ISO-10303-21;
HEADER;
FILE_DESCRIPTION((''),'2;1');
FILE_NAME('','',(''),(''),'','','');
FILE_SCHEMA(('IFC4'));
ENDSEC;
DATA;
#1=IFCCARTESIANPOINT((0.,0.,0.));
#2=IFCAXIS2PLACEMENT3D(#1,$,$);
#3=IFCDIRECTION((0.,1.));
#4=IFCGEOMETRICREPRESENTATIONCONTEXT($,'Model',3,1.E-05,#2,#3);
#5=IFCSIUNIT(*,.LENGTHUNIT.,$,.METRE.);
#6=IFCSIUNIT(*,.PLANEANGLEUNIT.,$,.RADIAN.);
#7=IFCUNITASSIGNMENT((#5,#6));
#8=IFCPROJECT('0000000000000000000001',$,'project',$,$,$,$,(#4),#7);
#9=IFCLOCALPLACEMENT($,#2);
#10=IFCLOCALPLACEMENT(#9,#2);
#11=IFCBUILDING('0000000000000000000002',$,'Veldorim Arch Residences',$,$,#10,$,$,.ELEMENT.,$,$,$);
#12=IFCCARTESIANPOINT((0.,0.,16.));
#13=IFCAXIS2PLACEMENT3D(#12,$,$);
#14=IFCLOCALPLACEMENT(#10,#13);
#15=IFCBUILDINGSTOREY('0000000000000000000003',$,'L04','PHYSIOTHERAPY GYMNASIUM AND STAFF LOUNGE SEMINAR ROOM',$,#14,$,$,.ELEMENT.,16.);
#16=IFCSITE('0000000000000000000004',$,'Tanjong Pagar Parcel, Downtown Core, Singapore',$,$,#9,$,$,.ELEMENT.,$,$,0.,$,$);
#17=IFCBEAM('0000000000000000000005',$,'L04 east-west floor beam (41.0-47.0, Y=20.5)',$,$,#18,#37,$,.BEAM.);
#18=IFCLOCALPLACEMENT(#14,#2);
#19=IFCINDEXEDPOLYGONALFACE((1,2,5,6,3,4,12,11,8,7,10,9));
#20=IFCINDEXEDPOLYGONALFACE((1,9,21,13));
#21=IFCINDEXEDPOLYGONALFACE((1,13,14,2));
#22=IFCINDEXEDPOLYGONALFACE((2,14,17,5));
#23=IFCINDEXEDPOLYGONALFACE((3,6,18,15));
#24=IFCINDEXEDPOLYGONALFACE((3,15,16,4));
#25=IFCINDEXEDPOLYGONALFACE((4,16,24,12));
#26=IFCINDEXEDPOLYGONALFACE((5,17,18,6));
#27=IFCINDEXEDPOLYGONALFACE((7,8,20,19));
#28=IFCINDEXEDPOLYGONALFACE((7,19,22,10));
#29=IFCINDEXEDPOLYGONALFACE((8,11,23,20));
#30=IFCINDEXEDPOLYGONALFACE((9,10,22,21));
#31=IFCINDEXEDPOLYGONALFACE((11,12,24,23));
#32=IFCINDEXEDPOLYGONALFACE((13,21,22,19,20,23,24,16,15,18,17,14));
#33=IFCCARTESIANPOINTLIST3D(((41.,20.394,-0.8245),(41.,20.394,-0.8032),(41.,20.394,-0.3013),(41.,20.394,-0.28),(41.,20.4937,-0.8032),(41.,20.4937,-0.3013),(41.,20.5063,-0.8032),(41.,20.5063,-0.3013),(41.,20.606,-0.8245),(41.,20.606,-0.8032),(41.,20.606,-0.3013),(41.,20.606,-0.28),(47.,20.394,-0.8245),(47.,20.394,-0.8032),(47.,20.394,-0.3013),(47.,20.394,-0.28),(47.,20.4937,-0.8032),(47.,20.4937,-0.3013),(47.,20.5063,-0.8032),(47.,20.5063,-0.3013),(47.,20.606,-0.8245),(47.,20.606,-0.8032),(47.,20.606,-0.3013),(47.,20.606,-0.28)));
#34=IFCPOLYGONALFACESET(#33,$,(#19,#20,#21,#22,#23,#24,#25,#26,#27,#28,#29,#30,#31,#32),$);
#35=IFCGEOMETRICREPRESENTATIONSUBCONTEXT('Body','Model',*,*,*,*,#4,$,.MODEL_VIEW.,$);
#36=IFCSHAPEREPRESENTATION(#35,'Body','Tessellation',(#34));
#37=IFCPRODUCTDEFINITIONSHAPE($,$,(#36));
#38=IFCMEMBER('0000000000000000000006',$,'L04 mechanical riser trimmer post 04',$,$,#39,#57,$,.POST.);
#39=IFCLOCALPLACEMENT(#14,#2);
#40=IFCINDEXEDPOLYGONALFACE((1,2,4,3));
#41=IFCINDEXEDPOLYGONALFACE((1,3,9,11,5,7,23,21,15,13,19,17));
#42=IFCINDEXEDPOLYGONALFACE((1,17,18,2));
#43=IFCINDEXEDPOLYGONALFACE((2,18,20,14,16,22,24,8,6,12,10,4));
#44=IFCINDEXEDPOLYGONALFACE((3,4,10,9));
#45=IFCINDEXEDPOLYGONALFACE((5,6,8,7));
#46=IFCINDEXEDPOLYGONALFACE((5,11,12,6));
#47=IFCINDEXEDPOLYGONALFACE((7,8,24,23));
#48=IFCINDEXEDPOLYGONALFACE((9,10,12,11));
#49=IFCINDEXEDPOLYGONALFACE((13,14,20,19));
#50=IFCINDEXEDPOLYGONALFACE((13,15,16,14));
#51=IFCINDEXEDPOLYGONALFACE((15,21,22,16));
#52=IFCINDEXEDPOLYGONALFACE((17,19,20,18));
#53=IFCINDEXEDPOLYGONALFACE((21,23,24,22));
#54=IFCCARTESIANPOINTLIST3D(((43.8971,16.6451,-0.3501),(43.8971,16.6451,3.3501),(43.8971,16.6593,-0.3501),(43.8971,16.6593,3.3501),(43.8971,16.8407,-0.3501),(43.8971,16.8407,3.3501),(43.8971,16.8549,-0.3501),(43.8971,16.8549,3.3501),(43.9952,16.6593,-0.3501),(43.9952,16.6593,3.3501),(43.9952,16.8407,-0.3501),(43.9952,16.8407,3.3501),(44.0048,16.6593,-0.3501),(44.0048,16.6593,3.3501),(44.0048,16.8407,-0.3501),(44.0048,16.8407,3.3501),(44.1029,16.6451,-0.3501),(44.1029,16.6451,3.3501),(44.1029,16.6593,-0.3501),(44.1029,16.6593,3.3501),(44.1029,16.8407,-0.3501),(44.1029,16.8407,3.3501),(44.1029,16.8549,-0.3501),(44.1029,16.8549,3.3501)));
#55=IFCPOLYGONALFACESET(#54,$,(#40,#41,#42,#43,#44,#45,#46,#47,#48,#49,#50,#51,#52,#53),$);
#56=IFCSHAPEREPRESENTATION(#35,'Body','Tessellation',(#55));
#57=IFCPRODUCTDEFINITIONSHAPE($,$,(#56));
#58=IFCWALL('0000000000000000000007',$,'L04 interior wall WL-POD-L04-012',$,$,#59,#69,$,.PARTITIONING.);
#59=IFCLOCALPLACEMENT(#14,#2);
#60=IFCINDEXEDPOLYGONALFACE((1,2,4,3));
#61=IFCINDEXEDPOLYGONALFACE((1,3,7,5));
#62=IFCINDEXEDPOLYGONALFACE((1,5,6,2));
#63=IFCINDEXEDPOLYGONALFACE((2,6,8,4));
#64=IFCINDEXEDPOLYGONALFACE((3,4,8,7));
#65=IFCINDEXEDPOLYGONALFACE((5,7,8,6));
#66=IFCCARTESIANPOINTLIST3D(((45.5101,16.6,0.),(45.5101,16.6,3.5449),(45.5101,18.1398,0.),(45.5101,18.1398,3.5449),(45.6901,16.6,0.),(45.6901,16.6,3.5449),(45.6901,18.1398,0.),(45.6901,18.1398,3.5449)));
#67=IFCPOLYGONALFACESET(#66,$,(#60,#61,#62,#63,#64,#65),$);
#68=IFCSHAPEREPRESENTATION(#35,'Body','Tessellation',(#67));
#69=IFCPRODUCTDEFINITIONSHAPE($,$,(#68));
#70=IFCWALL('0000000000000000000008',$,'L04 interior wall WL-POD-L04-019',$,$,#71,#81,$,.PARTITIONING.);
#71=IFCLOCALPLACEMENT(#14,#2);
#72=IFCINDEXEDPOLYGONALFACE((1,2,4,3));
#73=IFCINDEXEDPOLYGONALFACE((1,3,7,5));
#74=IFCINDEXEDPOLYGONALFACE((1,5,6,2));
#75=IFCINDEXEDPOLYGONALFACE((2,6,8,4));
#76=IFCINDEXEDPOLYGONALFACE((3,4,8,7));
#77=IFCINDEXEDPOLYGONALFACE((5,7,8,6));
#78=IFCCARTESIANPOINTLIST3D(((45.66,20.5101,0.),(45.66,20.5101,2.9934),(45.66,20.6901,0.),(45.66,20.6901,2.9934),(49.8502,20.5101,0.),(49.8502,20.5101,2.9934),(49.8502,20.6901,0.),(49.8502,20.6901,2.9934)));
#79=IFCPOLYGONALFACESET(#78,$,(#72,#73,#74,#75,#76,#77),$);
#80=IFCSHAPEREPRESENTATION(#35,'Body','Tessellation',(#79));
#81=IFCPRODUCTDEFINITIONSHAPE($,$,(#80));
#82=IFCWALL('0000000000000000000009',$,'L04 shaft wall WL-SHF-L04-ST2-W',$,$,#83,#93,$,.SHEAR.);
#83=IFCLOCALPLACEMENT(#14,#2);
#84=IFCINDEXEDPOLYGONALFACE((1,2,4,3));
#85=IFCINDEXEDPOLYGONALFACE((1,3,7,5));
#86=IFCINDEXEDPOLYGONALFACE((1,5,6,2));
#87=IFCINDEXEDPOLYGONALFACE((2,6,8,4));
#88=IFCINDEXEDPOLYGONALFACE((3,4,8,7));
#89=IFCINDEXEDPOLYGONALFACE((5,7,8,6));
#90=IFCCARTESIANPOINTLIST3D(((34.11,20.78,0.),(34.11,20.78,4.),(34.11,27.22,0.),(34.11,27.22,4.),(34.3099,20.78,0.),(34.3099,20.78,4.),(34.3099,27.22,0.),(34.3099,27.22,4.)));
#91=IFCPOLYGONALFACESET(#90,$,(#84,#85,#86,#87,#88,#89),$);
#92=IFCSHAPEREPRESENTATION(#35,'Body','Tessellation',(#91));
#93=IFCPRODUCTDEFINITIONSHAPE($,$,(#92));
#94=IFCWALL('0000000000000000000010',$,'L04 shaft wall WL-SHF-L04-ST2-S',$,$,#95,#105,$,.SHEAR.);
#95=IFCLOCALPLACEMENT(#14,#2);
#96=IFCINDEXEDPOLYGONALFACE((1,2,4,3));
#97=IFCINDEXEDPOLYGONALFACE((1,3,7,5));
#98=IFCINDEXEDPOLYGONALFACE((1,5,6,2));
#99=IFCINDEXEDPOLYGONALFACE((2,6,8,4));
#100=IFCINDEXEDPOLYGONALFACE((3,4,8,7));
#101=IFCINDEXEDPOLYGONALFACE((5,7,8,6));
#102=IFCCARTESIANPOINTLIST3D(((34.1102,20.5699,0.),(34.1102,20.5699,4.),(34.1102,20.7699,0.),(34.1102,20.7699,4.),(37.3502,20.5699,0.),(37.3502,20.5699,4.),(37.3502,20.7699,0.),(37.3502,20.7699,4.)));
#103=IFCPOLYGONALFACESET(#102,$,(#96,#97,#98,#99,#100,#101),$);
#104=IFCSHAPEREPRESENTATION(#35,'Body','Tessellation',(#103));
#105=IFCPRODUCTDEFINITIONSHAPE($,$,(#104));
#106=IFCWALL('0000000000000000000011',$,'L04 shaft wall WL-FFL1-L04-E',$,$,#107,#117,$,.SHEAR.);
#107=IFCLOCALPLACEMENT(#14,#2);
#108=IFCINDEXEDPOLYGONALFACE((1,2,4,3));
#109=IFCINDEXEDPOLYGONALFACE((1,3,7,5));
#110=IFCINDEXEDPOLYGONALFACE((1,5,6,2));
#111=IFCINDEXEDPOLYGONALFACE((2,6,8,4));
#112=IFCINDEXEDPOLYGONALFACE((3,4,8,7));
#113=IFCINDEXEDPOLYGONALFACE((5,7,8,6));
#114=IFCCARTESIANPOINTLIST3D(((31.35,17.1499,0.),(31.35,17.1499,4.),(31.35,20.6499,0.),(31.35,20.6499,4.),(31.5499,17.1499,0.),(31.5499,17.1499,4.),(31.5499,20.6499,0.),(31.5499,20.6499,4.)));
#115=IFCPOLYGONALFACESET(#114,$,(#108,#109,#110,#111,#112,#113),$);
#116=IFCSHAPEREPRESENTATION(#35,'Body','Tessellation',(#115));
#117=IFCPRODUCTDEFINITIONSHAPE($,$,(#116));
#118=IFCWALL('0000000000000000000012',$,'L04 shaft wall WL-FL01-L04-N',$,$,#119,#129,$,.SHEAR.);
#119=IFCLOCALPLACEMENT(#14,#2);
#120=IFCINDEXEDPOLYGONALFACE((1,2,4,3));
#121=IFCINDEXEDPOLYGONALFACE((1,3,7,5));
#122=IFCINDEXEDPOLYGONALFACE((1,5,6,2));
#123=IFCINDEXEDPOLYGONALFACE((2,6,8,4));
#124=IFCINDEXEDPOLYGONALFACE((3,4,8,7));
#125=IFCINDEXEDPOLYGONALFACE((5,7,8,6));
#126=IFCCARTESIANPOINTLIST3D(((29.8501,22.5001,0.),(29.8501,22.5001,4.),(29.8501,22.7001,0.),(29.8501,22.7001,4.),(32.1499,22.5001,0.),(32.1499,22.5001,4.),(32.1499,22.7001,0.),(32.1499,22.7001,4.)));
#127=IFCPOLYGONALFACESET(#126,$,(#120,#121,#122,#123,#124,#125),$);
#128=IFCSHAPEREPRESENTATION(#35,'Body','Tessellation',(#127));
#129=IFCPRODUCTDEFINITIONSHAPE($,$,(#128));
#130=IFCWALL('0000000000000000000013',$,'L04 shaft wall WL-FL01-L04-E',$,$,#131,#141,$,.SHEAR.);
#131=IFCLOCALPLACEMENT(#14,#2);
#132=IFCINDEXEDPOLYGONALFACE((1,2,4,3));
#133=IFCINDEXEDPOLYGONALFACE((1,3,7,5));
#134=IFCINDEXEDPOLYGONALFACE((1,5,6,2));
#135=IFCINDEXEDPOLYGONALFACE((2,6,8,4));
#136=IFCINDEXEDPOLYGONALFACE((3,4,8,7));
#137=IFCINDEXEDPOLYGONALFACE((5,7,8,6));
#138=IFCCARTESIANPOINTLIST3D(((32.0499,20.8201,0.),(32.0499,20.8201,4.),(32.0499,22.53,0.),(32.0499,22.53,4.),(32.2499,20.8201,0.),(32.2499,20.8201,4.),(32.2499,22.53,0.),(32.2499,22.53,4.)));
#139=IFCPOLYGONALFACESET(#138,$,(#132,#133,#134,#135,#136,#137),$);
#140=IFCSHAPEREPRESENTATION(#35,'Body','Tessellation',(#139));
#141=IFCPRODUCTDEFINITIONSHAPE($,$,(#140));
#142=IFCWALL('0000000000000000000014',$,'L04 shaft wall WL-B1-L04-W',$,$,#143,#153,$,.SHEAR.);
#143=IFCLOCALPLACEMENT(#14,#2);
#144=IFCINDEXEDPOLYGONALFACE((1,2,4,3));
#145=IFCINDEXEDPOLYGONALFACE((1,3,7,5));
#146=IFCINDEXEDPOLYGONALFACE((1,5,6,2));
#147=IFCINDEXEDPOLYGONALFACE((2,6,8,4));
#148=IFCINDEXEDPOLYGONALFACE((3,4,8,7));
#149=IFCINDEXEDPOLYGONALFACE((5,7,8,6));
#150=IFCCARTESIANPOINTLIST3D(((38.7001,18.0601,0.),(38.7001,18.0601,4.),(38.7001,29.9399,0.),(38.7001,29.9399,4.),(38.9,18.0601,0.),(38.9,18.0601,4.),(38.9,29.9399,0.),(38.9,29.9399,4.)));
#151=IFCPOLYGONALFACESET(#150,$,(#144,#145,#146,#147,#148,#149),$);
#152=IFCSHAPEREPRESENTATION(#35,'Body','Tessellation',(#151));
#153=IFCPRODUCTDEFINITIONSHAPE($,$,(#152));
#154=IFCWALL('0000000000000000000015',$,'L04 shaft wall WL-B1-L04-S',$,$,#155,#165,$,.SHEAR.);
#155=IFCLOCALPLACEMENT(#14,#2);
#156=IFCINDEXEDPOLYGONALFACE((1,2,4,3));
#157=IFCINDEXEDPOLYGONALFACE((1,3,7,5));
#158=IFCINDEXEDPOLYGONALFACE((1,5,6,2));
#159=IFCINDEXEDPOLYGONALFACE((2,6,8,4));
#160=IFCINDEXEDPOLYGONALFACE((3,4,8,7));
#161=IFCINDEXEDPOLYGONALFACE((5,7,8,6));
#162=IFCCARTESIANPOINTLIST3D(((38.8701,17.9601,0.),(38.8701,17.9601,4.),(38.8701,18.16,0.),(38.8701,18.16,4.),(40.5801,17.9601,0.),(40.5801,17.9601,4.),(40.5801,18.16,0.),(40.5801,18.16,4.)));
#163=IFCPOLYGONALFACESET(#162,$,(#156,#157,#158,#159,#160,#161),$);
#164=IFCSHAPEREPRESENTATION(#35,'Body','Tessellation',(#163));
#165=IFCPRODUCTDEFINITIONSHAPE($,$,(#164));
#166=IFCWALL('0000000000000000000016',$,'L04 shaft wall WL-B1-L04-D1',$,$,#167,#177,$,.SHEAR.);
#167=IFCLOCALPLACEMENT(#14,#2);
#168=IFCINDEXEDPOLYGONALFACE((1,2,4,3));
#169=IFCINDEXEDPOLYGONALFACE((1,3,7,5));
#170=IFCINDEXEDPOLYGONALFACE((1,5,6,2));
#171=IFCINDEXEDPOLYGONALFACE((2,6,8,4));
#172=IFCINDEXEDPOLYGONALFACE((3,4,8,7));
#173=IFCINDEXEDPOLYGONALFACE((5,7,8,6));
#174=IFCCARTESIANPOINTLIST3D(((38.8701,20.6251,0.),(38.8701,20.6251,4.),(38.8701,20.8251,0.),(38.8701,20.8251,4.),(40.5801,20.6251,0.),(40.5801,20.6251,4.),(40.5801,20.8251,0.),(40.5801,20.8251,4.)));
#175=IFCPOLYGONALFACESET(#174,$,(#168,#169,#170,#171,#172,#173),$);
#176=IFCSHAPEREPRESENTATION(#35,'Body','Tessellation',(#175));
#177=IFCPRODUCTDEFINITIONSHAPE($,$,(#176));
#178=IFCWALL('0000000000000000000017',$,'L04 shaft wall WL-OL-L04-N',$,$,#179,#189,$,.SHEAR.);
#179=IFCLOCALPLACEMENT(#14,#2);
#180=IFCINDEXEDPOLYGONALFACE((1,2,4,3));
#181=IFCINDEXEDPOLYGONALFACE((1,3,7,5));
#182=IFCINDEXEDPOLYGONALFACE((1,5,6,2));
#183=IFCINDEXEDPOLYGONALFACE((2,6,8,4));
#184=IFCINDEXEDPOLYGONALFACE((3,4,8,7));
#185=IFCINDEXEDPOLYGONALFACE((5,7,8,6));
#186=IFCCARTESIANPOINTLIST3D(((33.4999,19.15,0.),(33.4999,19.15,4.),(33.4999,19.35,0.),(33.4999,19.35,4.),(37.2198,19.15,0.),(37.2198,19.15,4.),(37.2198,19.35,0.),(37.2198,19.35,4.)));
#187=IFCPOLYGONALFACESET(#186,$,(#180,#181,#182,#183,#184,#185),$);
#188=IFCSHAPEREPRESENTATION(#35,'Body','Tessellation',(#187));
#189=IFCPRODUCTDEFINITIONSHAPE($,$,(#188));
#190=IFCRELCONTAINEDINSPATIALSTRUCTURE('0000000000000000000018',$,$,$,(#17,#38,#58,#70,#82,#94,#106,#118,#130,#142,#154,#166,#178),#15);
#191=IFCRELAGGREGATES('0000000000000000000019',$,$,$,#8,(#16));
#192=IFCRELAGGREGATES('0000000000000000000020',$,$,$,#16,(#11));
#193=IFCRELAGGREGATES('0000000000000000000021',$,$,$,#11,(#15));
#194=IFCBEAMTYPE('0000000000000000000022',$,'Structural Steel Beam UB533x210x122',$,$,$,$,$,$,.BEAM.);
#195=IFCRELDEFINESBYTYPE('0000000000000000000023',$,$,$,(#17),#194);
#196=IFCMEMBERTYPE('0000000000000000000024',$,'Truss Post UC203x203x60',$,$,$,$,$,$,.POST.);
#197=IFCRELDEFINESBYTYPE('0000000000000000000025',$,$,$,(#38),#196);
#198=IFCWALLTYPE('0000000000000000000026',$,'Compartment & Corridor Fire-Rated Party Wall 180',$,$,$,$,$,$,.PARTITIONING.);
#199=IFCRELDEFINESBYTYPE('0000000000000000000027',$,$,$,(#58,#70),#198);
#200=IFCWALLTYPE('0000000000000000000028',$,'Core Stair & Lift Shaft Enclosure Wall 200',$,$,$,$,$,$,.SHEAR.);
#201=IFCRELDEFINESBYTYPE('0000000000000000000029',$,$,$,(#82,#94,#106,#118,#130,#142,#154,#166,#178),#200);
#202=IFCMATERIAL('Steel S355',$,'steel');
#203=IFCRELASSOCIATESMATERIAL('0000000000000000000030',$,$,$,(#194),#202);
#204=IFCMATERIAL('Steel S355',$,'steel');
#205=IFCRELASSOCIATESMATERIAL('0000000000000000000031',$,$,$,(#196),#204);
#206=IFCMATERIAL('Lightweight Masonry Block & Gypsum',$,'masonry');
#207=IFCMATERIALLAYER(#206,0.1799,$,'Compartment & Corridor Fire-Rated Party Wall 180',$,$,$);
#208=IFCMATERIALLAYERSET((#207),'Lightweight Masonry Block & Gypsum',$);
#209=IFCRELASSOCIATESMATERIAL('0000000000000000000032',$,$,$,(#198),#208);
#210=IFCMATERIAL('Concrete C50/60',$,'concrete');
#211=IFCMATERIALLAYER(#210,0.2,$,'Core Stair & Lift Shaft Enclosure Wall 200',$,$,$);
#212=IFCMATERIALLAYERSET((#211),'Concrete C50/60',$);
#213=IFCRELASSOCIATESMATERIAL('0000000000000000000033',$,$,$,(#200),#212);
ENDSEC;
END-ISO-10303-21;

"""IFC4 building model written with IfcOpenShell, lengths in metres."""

from ifc_helpers import new_model, si_unit, direction, frame, frame_2d, origin, origin_2d, place, context, subcontext, project, spatial, rectangle, i_section, extrude, material, layer, layer_set, material_profile, profile_set, type_object, element, save


model = new_model("IFC4")

# Units and contexts
model_context = context("Model", 3, precision=1e-05, world=origin(), true_north=direction((0.0, 1.0)))
body_context = subcontext(model_context, "Body", "Model", "MODEL_VIEW")
ifc_project = project(units=[si_unit("LENGTHUNIT", "METRE"), si_unit("PLANEANGLEUNIT", "RADIAN")], contexts=[model_context])

# Site, building, storey
site_placement = place(None, origin())
site = spatial("IfcSite", under=ifc_project, at=site_placement, Name="Tanjong Pagar Parcel, Downtown Core, Singapore", CompositionType="ELEMENT", RefElevation=0.0)
building_placement = place(site_placement, origin())
building = spatial("IfcBuilding", under=site, at=building_placement, Name="Veldorim Arch Residences", CompositionType="ELEMENT")
storey_placement = place(building_placement, frame((0.0, 0.0, 16.0)))
storey = spatial("IfcBuildingStorey", under=building, at=storey_placement, Name="L04", Description="PHYSIOTHERAPY GYMNASIUM AND STAFF LOUNGE SEMINAR ROOM", CompositionType="ELEMENT", Elevation=16.0)

# Beam
ifc_material_1 = material(Name="Steel S355", Category="steel")
ifc_material_profile_1 = material_profile(ifc_material_1, i_section(OverallWidth=0.2119, OverallDepth=0.5444, WebThickness=0.0127, FlangeThickness=0.0212, at=origin_2d()), Name="UB533x210x122")
ifc_profile_set_1 = profile_set([ifc_material_profile_1], Name="Steel S355")
beam_type = type_object("IfcBeamType", Name="Structural Steel Beam UB533x210x122", PredefinedType="BEAM", material=ifc_profile_set_1)
beam_placement = place(storey_placement, frame((41.0, 20.5, -0.5522), z_axis=(1.0, 0.0, 0.0), x_axis=(0.0, 1.0, 0.0)))
element("IfcBeam", 1, at=beam_placement, inside=storey, type_object=beam_type, Name="L04 east-west floor beam (41.0-47.0, Y=20.5)", PredefinedType="BEAM", context=body_context, shape_type="SweptSolid", body=[
    extrude(i_section(OverallWidth=0.2119, OverallDepth=0.5444, WebThickness=0.0127, FlangeThickness=0.0212, at=origin_2d()), origin(), (0.0, 0.0, 1.0), 6.0),
])

# Member
ifc_material_2 = material(Name="Steel S355", Category="steel")
ifc_material_profile_2 = material_profile(ifc_material_2, i_section(OverallWidth=0.2058, OverallDepth=0.2097, WebThickness=0.0095, FlangeThickness=0.0142, at=origin_2d()), Name="UC203x203x60")
ifc_profile_set_2 = profile_set([ifc_material_profile_2], Name="Steel S355")
member_type = type_object("IfcMemberType", Name="Truss Post UC203x203x60", PredefinedType="POST", material=ifc_profile_set_2)
member_placement = place(storey_placement, frame((44.0, 16.75, -0.3501), z_axis=(0.0, 0.0, 1.0), x_axis=(1.0, 0.0, 0.0)))
element("IfcMember", 2, at=member_placement, inside=storey, type_object=member_type, Name="L04 mechanical riser trimmer post 04", PredefinedType="POST", context=body_context, shape_type="SweptSolid", body=[
    extrude(i_section(OverallWidth=0.2058, OverallDepth=0.2097, WebThickness=0.0095, FlangeThickness=0.0142, at=origin_2d()), origin(), (0.0, 0.0, 1.0), 3.7002),
])

# Walls
ifc_material_3 = material(Name="Lightweight Masonry Block & Gypsum", Category="masonry")
ifc_layer_1 = layer(ifc_material_3, 0.1799, Name="Compartment & Corridor Fire-Rated Party Wall 180")
ifc_layer_set_1 = layer_set([ifc_layer_1], Name="Lightweight Masonry Block & Gypsum")
wall_type_1 = type_object("IfcWallType", Name="Compartment & Corridor Fire-Rated Party Wall 180", PredefinedType="PARTITIONING", material=ifc_layer_set_1)
wall_1_placement = place(storey_placement, frame((45.6001, 18.1399, 0.0), z_axis=(0.0, 0.0, 1.0), x_axis=(0.0, -1.0, 0.0)))
element("IfcWall", 3, at=wall_1_placement, inside=storey, type_object=wall_type_1, Name="L04 interior wall WL-POD-L04-012", PredefinedType="PARTITIONING", context=body_context, shape_type="SweptSolid", body=[
    extrude(rectangle(XDim=1.5398, YDim=0.1799, at=frame_2d((0.77, 0.0))), origin(), (0.0, 0.0, 1.0), 3.5449),
])
wall_2_placement = place(storey_placement, frame((45.6599, 20.6001, 0.0), z_axis=(0.0, 0.0, 1.0), x_axis=(1.0, 0.0, 0.0)))
element("IfcWall", 4, at=wall_2_placement, inside=storey, type_object=wall_type_1, Name="L04 interior wall WL-POD-L04-019", PredefinedType="PARTITIONING", context=body_context, shape_type="SweptSolid", body=[
    extrude(rectangle(XDim=4.1902, YDim=0.1799, at=frame_2d((2.0952, 0.0))), origin(), (0.0, 0.0, 1.0), 2.9934),
])
ifc_material_4 = material(Name="Concrete C50/60", Category="concrete")
ifc_layer_2 = layer(ifc_material_4, 0.2, Name="Core Stair & Lift Shaft Enclosure Wall 200")
ifc_layer_set_2 = layer_set([ifc_layer_2], Name="Concrete C50/60")
wall_type_2 = type_object("IfcWallType", Name="Core Stair & Lift Shaft Enclosure Wall 200", PredefinedType="SHEAR", material=ifc_layer_set_2)
wall_3_placement = place(storey_placement, frame((34.21, 20.78, 0.0), z_axis=(0.0, 0.0, 1.0), x_axis=(0.0, 1.0, 0.0)))
element("IfcWall", 5, at=wall_3_placement, inside=storey, type_object=wall_type_2, Name="L04 shaft wall WL-SHF-L04-ST2-W", PredefinedType="SHEAR", context=body_context, shape_type="SweptSolid", body=[
    extrude(rectangle(XDim=6.4399, YDim=0.2, at=frame_2d((3.22, 0.0))), origin(), (0.0, 0.0, 1.0), 4.0),
])
wall_4_placement = place(storey_placement, frame((34.1101, 20.6699, 0.0), z_axis=(0.0, 0.0, 1.0), x_axis=(1.0, 0.0, 0.0)))
element("IfcWall", 6, at=wall_4_placement, inside=storey, type_object=wall_type_2, Name="L04 shaft wall WL-SHF-L04-ST2-S", PredefinedType="SHEAR", context=body_context, shape_type="SweptSolid", body=[
    extrude(rectangle(XDim=3.24, YDim=0.2, at=frame_2d((1.6201, 0.0))), origin(), (0.0, 0.0, 1.0), 4.0),
])
wall_5_placement = place(storey_placement, frame((31.45, 17.1499, 0.0), z_axis=(0.0, 0.0, 1.0), x_axis=(0.0, 1.0, 0.0)))
element("IfcWall", 7, at=wall_5_placement, inside=storey, type_object=wall_type_2, Name="L04 shaft wall WL-FFL1-L04-E", PredefinedType="SHEAR", context=body_context, shape_type="SweptSolid", body=[
    extrude(rectangle(XDim=3.5, YDim=0.2, at=frame_2d((1.75, 0.0))), origin(), (0.0, 0.0, 1.0), 4.0),
])
wall_6_placement = place(storey_placement, frame((29.8501, 22.6001, 0.0), z_axis=(0.0, 0.0, 1.0), x_axis=(1.0, 0.0, 0.0)))
element("IfcWall", 8, at=wall_6_placement, inside=storey, type_object=wall_type_2, Name="L04 shaft wall WL-FL01-L04-N", PredefinedType="SHEAR", context=body_context, shape_type="SweptSolid", body=[
    extrude(rectangle(XDim=2.2998, YDim=0.2, at=frame_2d((1.1499, 0.0))), origin(), (0.0, 0.0, 1.0), 4.0),
])
wall_7_placement = place(storey_placement, frame((32.1499, 20.8201, 0.0), z_axis=(0.0, 0.0, 1.0), x_axis=(0.0, 1.0, 0.0)))
element("IfcWall", 9, at=wall_7_placement, inside=storey, type_object=wall_type_2, Name="L04 shaft wall WL-FL01-L04-E", PredefinedType="SHEAR", context=body_context, shape_type="SweptSolid", body=[
    extrude(rectangle(XDim=1.71, YDim=0.2, at=frame_2d((0.855, 0.0))), origin(), (0.0, 0.0, 1.0), 4.0),
])
wall_8_placement = place(storey_placement, frame((38.8, 18.0601, 0.0), z_axis=(0.0, 0.0, 1.0), x_axis=(0.0, 1.0, 0.0)))
element("IfcWall", 10, at=wall_8_placement, inside=storey, type_object=wall_type_2, Name="L04 shaft wall WL-B1-L04-W", PredefinedType="SHEAR", context=body_context, shape_type="SweptSolid", body=[
    extrude(rectangle(XDim=11.8799, YDim=0.2, at=frame_2d((5.9399, 0.0))), origin(), (0.0, 0.0, 1.0), 4.0),
])
for number, where, z_axis, x_axis, name in (
    (11, (38.8701, 18.0601, 0.0), (0.0, 0.0, 1.0), (1.0, 0.0, 0.0), "L04 shaft wall WL-B1-L04-S"),
    (12, (38.8701, 20.7251, 0.0), (0.0, 0.0, 1.0), (1.0, 0.0, 0.0), "L04 shaft wall WL-B1-L04-D1"),
):
    element("IfcWall", number, at=place(storey_placement, frame(where, z_axis=z_axis, x_axis=x_axis)), inside=storey, type_object=wall_type_2, Name=name, PredefinedType="SHEAR", context=body_context, shape_type="SweptSolid", body=[
        extrude(rectangle(XDim=1.71, YDim=0.2, at=frame_2d((0.855, 0.0))), origin(), (0.0, 0.0, 1.0), 4.0),
    ])
wall_9_placement = place(storey_placement, frame((33.5, 19.25, 0.0), z_axis=(0.0, 0.0, 1.0), x_axis=(1.0, 0.0, 0.0)))
element("IfcWall", 13, at=wall_9_placement, inside=storey, type_object=wall_type_2, Name="L04 shaft wall WL-OL-L04-N", PredefinedType="SHEAR", context=body_context, shape_type="SweptSolid", body=[
    extrude(rectangle(XDim=3.72, YDim=0.2, at=frame_2d((1.8599, 0.0))), origin(), (0.0, 0.0, 1.0), 4.0),
])

save(model, "model.ifc")
